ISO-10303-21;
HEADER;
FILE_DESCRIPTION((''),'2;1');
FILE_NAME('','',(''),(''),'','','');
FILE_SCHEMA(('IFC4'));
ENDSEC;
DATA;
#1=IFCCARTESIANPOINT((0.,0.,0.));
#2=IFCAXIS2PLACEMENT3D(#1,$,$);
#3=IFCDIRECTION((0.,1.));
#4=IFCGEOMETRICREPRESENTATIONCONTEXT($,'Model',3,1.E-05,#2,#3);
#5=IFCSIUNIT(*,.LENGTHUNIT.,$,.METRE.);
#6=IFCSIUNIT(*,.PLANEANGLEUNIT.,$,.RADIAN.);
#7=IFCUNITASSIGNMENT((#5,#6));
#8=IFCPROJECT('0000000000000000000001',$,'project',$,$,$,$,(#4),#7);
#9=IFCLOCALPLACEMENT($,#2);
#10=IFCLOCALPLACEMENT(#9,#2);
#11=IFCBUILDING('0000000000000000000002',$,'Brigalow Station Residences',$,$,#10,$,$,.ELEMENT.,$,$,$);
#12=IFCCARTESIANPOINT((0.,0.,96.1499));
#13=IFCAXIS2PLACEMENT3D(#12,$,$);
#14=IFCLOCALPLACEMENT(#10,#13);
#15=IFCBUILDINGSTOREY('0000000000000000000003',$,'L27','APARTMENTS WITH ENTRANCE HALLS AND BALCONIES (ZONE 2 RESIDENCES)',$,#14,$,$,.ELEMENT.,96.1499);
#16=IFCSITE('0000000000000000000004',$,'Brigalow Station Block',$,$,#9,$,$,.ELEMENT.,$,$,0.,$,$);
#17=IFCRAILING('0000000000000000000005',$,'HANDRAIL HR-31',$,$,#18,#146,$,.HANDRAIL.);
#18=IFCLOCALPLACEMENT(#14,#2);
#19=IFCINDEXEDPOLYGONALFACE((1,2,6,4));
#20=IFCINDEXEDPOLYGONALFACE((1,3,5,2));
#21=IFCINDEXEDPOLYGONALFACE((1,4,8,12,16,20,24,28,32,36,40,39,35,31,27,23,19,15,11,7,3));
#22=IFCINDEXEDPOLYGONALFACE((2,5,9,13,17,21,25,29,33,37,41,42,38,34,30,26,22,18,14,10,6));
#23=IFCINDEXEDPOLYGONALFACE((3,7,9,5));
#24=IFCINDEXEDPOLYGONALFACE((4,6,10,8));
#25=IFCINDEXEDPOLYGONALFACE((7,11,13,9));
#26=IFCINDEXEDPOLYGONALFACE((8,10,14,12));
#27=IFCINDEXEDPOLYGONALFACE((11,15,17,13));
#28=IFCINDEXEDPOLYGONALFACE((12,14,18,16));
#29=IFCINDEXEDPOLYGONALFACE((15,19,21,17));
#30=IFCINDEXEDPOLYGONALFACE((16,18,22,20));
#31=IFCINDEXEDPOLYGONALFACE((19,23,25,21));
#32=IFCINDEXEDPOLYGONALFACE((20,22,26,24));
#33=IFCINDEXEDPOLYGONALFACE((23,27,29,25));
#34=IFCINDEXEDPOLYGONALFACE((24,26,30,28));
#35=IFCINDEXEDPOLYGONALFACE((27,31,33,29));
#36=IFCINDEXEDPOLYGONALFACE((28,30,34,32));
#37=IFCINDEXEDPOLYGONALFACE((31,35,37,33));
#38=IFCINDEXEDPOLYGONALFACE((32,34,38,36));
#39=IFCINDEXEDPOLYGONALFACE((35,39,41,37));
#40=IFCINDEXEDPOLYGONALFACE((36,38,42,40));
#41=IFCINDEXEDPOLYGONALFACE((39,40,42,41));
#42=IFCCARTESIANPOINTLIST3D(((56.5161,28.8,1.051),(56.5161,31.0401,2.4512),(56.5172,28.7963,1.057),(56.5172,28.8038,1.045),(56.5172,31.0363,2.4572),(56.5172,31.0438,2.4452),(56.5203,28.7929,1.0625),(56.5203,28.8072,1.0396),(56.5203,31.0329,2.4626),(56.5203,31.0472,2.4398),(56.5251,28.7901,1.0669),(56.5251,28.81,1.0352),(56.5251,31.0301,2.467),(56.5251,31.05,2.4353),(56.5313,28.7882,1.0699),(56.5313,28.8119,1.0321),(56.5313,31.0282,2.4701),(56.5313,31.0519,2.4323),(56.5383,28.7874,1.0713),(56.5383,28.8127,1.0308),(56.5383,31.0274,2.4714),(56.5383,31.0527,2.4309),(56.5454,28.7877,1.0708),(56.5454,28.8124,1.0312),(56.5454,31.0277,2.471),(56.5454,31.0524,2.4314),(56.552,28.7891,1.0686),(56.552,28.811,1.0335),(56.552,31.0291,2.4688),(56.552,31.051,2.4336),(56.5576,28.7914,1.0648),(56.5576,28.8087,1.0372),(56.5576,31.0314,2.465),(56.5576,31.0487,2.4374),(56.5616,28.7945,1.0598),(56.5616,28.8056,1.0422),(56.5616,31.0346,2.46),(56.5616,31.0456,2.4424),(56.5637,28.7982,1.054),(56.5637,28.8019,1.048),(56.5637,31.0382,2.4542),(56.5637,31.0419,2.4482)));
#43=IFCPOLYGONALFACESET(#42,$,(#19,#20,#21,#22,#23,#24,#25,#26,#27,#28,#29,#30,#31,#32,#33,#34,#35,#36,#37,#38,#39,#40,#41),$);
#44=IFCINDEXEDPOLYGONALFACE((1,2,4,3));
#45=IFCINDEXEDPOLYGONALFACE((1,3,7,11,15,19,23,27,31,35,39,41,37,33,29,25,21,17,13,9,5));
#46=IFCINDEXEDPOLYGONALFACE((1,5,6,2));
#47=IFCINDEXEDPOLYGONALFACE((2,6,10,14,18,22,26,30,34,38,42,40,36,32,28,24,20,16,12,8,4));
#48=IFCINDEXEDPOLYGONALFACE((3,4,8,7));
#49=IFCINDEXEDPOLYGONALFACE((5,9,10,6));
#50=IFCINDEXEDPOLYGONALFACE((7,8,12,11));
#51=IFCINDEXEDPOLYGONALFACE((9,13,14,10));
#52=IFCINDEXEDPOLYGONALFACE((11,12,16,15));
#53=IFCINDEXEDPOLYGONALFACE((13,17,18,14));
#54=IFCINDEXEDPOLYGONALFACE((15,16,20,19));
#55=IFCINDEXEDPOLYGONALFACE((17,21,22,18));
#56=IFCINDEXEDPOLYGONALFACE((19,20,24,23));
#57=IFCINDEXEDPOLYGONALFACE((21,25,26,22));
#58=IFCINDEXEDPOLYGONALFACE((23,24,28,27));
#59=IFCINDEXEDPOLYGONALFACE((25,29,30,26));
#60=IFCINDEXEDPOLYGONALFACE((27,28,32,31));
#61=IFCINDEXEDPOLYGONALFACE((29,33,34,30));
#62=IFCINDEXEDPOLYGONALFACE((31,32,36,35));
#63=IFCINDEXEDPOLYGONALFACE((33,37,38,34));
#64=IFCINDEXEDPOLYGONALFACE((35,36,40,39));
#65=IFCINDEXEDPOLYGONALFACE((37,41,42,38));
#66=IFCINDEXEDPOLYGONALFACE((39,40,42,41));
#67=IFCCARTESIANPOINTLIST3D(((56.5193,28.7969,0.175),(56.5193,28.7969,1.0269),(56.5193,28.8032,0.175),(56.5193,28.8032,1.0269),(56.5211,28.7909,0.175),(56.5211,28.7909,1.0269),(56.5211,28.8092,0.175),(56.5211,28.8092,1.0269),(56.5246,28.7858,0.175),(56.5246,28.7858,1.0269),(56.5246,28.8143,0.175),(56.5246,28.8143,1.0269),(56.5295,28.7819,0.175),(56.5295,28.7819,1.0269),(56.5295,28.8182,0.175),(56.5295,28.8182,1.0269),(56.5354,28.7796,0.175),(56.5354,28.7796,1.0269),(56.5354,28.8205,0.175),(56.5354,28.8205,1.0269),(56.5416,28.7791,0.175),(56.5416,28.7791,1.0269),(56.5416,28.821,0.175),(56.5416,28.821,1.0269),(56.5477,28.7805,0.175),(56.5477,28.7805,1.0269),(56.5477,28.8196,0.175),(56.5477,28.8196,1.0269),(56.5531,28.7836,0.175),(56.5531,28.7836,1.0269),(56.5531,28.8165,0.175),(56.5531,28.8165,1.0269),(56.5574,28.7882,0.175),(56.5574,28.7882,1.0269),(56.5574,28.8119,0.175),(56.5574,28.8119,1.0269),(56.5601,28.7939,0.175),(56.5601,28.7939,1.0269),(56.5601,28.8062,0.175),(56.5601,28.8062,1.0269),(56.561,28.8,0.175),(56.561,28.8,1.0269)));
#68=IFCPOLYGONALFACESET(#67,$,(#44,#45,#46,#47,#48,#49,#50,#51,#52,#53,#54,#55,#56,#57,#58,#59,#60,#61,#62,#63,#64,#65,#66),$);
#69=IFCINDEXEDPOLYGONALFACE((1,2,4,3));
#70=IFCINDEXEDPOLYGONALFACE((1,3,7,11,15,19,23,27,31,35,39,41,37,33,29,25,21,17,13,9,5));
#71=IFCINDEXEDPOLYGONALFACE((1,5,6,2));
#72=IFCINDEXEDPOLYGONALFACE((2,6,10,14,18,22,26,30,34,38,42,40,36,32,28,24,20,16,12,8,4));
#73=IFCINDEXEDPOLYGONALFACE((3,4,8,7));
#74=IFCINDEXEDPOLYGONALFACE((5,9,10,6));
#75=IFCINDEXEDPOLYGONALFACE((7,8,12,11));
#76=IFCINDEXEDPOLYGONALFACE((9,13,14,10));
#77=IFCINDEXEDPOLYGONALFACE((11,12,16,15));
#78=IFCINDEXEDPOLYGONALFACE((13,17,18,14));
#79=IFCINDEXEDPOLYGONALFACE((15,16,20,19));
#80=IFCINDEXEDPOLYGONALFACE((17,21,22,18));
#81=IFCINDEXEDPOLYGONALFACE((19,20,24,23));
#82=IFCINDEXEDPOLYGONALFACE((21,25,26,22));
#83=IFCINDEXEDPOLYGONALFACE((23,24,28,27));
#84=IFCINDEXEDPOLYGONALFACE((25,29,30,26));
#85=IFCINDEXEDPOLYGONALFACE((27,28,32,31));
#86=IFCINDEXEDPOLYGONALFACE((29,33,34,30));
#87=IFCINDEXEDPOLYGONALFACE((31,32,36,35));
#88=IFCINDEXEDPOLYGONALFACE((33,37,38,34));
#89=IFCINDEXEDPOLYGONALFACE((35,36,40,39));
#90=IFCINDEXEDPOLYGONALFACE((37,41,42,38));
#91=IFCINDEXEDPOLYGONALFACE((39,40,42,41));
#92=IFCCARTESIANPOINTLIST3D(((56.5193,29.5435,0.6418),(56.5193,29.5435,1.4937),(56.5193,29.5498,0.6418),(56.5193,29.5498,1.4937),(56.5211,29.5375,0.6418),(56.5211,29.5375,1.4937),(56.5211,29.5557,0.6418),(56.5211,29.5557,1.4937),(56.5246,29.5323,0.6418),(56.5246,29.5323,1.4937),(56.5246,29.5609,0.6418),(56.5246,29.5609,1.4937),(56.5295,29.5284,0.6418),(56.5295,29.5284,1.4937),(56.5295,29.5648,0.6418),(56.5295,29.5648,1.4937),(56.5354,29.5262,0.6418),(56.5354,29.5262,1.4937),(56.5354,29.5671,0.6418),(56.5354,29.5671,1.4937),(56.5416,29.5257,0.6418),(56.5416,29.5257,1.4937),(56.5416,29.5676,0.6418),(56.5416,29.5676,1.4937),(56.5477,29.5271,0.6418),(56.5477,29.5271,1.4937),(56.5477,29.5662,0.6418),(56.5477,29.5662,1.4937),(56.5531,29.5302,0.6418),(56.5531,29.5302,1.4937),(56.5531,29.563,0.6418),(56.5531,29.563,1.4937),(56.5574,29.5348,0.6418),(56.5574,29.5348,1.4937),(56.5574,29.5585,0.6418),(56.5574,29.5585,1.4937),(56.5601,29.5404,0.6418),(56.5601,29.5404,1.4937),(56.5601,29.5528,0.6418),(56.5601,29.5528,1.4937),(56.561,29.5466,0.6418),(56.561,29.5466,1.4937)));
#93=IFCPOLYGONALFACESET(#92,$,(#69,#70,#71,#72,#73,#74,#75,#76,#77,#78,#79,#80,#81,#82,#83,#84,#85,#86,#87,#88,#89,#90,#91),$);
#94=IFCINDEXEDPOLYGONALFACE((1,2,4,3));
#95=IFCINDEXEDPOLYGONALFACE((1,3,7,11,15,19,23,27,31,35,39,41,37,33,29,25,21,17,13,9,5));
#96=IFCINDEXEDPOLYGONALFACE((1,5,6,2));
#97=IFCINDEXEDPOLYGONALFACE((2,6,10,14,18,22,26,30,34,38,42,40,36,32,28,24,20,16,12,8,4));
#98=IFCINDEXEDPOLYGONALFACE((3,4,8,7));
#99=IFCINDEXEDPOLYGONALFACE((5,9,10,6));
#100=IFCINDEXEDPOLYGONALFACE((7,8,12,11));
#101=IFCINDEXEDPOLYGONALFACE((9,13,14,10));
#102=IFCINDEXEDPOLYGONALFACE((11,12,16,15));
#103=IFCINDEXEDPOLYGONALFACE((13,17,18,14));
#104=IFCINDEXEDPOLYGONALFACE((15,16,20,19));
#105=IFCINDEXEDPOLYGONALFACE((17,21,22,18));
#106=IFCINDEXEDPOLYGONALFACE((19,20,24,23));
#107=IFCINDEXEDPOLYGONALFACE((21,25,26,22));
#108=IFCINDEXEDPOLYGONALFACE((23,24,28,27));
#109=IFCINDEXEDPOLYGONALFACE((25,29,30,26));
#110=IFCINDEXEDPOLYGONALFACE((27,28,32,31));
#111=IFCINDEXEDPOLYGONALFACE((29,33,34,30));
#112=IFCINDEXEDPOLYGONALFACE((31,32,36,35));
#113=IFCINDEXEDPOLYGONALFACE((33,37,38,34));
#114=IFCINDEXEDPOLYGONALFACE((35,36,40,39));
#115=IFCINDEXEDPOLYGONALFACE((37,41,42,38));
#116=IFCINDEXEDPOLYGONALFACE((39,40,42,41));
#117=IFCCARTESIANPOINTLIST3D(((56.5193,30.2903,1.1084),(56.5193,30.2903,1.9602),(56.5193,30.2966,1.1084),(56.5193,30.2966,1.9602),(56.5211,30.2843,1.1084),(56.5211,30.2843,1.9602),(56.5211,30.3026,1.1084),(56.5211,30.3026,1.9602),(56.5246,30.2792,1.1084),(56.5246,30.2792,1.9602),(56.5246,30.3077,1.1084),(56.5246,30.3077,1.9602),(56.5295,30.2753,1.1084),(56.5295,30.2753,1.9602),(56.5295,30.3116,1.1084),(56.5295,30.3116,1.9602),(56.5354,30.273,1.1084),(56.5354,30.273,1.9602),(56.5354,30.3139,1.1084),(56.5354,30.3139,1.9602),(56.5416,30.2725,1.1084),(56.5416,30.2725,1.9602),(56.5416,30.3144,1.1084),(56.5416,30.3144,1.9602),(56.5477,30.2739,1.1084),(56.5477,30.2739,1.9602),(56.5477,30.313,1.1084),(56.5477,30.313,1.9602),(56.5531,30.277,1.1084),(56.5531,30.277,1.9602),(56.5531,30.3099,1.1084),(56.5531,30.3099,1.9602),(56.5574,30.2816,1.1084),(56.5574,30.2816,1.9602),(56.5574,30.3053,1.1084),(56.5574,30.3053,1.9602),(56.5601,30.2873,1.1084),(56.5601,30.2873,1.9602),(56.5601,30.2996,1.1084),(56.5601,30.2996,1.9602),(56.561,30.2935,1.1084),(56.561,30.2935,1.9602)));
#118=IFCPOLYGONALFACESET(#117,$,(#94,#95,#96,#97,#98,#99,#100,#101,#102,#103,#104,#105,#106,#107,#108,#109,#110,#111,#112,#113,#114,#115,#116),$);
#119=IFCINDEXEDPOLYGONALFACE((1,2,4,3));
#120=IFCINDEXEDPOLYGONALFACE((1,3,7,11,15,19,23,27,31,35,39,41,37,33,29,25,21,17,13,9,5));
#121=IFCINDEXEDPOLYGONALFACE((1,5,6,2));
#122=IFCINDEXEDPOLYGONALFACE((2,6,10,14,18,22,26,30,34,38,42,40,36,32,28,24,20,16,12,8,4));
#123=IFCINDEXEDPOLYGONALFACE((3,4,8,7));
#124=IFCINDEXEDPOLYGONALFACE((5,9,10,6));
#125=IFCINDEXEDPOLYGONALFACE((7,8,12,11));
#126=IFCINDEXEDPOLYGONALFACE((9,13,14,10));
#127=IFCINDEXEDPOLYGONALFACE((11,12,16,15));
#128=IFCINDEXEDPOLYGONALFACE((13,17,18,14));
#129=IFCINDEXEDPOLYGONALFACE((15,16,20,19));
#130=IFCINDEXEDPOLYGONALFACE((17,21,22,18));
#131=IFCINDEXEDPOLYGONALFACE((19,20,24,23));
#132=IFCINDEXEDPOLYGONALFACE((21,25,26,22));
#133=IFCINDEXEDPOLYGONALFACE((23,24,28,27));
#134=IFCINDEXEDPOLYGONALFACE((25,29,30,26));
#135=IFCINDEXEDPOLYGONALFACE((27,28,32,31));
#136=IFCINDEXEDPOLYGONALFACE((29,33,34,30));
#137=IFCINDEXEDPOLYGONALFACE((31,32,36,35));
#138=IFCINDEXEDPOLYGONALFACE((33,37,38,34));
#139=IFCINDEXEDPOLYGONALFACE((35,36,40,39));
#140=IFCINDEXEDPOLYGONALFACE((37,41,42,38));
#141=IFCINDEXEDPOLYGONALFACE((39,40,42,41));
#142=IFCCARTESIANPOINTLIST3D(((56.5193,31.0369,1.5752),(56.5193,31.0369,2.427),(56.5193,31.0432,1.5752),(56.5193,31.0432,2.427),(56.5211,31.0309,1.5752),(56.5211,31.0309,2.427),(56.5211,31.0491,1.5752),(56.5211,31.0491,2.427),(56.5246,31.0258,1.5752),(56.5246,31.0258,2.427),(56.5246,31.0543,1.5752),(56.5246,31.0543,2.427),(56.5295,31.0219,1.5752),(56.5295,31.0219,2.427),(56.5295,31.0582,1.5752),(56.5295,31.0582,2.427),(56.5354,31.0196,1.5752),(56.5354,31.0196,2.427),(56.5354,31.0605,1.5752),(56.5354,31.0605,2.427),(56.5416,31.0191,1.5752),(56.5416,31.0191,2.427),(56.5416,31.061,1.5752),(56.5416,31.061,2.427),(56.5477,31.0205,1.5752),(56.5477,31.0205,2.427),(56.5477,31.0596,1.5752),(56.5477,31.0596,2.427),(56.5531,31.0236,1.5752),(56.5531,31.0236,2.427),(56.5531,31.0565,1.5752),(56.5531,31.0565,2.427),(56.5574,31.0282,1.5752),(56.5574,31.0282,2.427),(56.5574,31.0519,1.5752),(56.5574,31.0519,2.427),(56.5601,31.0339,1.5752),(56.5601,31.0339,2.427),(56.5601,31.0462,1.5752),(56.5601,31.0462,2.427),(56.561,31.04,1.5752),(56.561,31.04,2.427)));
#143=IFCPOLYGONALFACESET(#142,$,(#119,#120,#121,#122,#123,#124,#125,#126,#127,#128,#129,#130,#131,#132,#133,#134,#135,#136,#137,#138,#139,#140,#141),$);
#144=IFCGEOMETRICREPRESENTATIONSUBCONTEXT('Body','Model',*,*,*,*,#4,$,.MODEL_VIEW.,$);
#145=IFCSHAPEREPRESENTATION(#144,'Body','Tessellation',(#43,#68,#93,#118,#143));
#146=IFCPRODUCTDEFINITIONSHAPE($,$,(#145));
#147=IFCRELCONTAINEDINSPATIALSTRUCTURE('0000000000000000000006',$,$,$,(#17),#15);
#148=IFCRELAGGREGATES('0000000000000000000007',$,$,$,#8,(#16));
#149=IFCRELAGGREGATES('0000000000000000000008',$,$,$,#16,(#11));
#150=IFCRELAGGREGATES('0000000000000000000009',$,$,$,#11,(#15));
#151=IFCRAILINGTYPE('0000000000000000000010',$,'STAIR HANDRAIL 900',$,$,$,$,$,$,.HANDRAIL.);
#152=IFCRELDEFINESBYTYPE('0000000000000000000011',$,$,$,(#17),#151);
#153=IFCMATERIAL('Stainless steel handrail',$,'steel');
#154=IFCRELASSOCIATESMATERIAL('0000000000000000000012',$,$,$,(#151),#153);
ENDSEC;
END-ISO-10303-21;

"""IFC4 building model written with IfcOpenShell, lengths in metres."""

from ifc_helpers import new_model, si_unit, direction, frame, origin, origin_2d, place, context, subcontext, project, spatial, circle, extrude, material, type_object, element, save


model = new_model("IFC4")

# Units and contexts
model_context = context("Model", 3, precision=1e-05, world=origin(), true_north=direction((0.0, 1.0)))
body_context = subcontext(model_context, "Body", "Model", "MODEL_VIEW")
ifc_project = project(units=[si_unit("LENGTHUNIT", "METRE"), si_unit("PLANEANGLEUNIT", "RADIAN")], contexts=[model_context])

# Site, building, storey
site_placement = place(None, origin())
site = spatial("IfcSite", under=ifc_project, at=site_placement, Name="Brigalow Station Block", CompositionType="ELEMENT", RefElevation=0.0)
building_placement = place(site_placement, origin())
building = spatial("IfcBuilding", under=site, at=building_placement, Name="Brigalow Station Residences", CompositionType="ELEMENT")
storey_placement = place(building_placement, frame((0.0, 0.0, 96.1499)))
storey = spatial("IfcBuildingStorey", under=building, at=storey_placement, Name="L27", Description="APARTMENTS WITH ENTRANCE HALLS AND BALCONIES (ZONE 2 RESIDENCES)", CompositionType="ELEMENT", Elevation=96.1499)

# Railing
ifc_material_1 = material(Name="Stainless steel handrail", Category="steel")
railing_type_1 = type_object("IfcRailingType", Name="STAIR HANDRAIL 900", PredefinedType="HANDRAIL", material=ifc_material_1)
railing_1_placement = place(storey_placement, frame((56.54, 28.8, 0.175)))
element("IfcRailing", 1, at=railing_1_placement, inside=storey, type_object=railing_type_1, Name="HANDRAIL HR-31", PredefinedType="HANDRAIL", context=body_context, shape_type="SweptSolid", body=[
    extrude(circle(Radius=0.0239, at=origin_2d()), frame((0.0, 0.0, 0.876), z_axis=(0.0, 0.847972, 0.53004), x_axis=(-1.0, 0.0, 0.0)), (0.0, 0.0, 1.0), 2.6416),
    extrude(circle(Radius=0.021, at=origin_2d()), origin(), (0.0, 0.0, 1.0), 0.8518),
    extrude(circle(Radius=0.021, at=origin_2d()), frame((0.0, 0.7466, 0.4668)), (0.0, 0.0, 1.0), 0.8518),
    extrude(circle(Radius=0.021, at=origin_2d()), frame((0.0, 1.4934, 0.9333)), (0.0, 0.0, 1.0), 0.8518),
    extrude(circle(Radius=0.021, at=origin_2d()), frame((0.0, 2.24, 1.4001)), (0.0, 0.0, 1.0), 0.8518),
])

save(model, "model.ifc")
